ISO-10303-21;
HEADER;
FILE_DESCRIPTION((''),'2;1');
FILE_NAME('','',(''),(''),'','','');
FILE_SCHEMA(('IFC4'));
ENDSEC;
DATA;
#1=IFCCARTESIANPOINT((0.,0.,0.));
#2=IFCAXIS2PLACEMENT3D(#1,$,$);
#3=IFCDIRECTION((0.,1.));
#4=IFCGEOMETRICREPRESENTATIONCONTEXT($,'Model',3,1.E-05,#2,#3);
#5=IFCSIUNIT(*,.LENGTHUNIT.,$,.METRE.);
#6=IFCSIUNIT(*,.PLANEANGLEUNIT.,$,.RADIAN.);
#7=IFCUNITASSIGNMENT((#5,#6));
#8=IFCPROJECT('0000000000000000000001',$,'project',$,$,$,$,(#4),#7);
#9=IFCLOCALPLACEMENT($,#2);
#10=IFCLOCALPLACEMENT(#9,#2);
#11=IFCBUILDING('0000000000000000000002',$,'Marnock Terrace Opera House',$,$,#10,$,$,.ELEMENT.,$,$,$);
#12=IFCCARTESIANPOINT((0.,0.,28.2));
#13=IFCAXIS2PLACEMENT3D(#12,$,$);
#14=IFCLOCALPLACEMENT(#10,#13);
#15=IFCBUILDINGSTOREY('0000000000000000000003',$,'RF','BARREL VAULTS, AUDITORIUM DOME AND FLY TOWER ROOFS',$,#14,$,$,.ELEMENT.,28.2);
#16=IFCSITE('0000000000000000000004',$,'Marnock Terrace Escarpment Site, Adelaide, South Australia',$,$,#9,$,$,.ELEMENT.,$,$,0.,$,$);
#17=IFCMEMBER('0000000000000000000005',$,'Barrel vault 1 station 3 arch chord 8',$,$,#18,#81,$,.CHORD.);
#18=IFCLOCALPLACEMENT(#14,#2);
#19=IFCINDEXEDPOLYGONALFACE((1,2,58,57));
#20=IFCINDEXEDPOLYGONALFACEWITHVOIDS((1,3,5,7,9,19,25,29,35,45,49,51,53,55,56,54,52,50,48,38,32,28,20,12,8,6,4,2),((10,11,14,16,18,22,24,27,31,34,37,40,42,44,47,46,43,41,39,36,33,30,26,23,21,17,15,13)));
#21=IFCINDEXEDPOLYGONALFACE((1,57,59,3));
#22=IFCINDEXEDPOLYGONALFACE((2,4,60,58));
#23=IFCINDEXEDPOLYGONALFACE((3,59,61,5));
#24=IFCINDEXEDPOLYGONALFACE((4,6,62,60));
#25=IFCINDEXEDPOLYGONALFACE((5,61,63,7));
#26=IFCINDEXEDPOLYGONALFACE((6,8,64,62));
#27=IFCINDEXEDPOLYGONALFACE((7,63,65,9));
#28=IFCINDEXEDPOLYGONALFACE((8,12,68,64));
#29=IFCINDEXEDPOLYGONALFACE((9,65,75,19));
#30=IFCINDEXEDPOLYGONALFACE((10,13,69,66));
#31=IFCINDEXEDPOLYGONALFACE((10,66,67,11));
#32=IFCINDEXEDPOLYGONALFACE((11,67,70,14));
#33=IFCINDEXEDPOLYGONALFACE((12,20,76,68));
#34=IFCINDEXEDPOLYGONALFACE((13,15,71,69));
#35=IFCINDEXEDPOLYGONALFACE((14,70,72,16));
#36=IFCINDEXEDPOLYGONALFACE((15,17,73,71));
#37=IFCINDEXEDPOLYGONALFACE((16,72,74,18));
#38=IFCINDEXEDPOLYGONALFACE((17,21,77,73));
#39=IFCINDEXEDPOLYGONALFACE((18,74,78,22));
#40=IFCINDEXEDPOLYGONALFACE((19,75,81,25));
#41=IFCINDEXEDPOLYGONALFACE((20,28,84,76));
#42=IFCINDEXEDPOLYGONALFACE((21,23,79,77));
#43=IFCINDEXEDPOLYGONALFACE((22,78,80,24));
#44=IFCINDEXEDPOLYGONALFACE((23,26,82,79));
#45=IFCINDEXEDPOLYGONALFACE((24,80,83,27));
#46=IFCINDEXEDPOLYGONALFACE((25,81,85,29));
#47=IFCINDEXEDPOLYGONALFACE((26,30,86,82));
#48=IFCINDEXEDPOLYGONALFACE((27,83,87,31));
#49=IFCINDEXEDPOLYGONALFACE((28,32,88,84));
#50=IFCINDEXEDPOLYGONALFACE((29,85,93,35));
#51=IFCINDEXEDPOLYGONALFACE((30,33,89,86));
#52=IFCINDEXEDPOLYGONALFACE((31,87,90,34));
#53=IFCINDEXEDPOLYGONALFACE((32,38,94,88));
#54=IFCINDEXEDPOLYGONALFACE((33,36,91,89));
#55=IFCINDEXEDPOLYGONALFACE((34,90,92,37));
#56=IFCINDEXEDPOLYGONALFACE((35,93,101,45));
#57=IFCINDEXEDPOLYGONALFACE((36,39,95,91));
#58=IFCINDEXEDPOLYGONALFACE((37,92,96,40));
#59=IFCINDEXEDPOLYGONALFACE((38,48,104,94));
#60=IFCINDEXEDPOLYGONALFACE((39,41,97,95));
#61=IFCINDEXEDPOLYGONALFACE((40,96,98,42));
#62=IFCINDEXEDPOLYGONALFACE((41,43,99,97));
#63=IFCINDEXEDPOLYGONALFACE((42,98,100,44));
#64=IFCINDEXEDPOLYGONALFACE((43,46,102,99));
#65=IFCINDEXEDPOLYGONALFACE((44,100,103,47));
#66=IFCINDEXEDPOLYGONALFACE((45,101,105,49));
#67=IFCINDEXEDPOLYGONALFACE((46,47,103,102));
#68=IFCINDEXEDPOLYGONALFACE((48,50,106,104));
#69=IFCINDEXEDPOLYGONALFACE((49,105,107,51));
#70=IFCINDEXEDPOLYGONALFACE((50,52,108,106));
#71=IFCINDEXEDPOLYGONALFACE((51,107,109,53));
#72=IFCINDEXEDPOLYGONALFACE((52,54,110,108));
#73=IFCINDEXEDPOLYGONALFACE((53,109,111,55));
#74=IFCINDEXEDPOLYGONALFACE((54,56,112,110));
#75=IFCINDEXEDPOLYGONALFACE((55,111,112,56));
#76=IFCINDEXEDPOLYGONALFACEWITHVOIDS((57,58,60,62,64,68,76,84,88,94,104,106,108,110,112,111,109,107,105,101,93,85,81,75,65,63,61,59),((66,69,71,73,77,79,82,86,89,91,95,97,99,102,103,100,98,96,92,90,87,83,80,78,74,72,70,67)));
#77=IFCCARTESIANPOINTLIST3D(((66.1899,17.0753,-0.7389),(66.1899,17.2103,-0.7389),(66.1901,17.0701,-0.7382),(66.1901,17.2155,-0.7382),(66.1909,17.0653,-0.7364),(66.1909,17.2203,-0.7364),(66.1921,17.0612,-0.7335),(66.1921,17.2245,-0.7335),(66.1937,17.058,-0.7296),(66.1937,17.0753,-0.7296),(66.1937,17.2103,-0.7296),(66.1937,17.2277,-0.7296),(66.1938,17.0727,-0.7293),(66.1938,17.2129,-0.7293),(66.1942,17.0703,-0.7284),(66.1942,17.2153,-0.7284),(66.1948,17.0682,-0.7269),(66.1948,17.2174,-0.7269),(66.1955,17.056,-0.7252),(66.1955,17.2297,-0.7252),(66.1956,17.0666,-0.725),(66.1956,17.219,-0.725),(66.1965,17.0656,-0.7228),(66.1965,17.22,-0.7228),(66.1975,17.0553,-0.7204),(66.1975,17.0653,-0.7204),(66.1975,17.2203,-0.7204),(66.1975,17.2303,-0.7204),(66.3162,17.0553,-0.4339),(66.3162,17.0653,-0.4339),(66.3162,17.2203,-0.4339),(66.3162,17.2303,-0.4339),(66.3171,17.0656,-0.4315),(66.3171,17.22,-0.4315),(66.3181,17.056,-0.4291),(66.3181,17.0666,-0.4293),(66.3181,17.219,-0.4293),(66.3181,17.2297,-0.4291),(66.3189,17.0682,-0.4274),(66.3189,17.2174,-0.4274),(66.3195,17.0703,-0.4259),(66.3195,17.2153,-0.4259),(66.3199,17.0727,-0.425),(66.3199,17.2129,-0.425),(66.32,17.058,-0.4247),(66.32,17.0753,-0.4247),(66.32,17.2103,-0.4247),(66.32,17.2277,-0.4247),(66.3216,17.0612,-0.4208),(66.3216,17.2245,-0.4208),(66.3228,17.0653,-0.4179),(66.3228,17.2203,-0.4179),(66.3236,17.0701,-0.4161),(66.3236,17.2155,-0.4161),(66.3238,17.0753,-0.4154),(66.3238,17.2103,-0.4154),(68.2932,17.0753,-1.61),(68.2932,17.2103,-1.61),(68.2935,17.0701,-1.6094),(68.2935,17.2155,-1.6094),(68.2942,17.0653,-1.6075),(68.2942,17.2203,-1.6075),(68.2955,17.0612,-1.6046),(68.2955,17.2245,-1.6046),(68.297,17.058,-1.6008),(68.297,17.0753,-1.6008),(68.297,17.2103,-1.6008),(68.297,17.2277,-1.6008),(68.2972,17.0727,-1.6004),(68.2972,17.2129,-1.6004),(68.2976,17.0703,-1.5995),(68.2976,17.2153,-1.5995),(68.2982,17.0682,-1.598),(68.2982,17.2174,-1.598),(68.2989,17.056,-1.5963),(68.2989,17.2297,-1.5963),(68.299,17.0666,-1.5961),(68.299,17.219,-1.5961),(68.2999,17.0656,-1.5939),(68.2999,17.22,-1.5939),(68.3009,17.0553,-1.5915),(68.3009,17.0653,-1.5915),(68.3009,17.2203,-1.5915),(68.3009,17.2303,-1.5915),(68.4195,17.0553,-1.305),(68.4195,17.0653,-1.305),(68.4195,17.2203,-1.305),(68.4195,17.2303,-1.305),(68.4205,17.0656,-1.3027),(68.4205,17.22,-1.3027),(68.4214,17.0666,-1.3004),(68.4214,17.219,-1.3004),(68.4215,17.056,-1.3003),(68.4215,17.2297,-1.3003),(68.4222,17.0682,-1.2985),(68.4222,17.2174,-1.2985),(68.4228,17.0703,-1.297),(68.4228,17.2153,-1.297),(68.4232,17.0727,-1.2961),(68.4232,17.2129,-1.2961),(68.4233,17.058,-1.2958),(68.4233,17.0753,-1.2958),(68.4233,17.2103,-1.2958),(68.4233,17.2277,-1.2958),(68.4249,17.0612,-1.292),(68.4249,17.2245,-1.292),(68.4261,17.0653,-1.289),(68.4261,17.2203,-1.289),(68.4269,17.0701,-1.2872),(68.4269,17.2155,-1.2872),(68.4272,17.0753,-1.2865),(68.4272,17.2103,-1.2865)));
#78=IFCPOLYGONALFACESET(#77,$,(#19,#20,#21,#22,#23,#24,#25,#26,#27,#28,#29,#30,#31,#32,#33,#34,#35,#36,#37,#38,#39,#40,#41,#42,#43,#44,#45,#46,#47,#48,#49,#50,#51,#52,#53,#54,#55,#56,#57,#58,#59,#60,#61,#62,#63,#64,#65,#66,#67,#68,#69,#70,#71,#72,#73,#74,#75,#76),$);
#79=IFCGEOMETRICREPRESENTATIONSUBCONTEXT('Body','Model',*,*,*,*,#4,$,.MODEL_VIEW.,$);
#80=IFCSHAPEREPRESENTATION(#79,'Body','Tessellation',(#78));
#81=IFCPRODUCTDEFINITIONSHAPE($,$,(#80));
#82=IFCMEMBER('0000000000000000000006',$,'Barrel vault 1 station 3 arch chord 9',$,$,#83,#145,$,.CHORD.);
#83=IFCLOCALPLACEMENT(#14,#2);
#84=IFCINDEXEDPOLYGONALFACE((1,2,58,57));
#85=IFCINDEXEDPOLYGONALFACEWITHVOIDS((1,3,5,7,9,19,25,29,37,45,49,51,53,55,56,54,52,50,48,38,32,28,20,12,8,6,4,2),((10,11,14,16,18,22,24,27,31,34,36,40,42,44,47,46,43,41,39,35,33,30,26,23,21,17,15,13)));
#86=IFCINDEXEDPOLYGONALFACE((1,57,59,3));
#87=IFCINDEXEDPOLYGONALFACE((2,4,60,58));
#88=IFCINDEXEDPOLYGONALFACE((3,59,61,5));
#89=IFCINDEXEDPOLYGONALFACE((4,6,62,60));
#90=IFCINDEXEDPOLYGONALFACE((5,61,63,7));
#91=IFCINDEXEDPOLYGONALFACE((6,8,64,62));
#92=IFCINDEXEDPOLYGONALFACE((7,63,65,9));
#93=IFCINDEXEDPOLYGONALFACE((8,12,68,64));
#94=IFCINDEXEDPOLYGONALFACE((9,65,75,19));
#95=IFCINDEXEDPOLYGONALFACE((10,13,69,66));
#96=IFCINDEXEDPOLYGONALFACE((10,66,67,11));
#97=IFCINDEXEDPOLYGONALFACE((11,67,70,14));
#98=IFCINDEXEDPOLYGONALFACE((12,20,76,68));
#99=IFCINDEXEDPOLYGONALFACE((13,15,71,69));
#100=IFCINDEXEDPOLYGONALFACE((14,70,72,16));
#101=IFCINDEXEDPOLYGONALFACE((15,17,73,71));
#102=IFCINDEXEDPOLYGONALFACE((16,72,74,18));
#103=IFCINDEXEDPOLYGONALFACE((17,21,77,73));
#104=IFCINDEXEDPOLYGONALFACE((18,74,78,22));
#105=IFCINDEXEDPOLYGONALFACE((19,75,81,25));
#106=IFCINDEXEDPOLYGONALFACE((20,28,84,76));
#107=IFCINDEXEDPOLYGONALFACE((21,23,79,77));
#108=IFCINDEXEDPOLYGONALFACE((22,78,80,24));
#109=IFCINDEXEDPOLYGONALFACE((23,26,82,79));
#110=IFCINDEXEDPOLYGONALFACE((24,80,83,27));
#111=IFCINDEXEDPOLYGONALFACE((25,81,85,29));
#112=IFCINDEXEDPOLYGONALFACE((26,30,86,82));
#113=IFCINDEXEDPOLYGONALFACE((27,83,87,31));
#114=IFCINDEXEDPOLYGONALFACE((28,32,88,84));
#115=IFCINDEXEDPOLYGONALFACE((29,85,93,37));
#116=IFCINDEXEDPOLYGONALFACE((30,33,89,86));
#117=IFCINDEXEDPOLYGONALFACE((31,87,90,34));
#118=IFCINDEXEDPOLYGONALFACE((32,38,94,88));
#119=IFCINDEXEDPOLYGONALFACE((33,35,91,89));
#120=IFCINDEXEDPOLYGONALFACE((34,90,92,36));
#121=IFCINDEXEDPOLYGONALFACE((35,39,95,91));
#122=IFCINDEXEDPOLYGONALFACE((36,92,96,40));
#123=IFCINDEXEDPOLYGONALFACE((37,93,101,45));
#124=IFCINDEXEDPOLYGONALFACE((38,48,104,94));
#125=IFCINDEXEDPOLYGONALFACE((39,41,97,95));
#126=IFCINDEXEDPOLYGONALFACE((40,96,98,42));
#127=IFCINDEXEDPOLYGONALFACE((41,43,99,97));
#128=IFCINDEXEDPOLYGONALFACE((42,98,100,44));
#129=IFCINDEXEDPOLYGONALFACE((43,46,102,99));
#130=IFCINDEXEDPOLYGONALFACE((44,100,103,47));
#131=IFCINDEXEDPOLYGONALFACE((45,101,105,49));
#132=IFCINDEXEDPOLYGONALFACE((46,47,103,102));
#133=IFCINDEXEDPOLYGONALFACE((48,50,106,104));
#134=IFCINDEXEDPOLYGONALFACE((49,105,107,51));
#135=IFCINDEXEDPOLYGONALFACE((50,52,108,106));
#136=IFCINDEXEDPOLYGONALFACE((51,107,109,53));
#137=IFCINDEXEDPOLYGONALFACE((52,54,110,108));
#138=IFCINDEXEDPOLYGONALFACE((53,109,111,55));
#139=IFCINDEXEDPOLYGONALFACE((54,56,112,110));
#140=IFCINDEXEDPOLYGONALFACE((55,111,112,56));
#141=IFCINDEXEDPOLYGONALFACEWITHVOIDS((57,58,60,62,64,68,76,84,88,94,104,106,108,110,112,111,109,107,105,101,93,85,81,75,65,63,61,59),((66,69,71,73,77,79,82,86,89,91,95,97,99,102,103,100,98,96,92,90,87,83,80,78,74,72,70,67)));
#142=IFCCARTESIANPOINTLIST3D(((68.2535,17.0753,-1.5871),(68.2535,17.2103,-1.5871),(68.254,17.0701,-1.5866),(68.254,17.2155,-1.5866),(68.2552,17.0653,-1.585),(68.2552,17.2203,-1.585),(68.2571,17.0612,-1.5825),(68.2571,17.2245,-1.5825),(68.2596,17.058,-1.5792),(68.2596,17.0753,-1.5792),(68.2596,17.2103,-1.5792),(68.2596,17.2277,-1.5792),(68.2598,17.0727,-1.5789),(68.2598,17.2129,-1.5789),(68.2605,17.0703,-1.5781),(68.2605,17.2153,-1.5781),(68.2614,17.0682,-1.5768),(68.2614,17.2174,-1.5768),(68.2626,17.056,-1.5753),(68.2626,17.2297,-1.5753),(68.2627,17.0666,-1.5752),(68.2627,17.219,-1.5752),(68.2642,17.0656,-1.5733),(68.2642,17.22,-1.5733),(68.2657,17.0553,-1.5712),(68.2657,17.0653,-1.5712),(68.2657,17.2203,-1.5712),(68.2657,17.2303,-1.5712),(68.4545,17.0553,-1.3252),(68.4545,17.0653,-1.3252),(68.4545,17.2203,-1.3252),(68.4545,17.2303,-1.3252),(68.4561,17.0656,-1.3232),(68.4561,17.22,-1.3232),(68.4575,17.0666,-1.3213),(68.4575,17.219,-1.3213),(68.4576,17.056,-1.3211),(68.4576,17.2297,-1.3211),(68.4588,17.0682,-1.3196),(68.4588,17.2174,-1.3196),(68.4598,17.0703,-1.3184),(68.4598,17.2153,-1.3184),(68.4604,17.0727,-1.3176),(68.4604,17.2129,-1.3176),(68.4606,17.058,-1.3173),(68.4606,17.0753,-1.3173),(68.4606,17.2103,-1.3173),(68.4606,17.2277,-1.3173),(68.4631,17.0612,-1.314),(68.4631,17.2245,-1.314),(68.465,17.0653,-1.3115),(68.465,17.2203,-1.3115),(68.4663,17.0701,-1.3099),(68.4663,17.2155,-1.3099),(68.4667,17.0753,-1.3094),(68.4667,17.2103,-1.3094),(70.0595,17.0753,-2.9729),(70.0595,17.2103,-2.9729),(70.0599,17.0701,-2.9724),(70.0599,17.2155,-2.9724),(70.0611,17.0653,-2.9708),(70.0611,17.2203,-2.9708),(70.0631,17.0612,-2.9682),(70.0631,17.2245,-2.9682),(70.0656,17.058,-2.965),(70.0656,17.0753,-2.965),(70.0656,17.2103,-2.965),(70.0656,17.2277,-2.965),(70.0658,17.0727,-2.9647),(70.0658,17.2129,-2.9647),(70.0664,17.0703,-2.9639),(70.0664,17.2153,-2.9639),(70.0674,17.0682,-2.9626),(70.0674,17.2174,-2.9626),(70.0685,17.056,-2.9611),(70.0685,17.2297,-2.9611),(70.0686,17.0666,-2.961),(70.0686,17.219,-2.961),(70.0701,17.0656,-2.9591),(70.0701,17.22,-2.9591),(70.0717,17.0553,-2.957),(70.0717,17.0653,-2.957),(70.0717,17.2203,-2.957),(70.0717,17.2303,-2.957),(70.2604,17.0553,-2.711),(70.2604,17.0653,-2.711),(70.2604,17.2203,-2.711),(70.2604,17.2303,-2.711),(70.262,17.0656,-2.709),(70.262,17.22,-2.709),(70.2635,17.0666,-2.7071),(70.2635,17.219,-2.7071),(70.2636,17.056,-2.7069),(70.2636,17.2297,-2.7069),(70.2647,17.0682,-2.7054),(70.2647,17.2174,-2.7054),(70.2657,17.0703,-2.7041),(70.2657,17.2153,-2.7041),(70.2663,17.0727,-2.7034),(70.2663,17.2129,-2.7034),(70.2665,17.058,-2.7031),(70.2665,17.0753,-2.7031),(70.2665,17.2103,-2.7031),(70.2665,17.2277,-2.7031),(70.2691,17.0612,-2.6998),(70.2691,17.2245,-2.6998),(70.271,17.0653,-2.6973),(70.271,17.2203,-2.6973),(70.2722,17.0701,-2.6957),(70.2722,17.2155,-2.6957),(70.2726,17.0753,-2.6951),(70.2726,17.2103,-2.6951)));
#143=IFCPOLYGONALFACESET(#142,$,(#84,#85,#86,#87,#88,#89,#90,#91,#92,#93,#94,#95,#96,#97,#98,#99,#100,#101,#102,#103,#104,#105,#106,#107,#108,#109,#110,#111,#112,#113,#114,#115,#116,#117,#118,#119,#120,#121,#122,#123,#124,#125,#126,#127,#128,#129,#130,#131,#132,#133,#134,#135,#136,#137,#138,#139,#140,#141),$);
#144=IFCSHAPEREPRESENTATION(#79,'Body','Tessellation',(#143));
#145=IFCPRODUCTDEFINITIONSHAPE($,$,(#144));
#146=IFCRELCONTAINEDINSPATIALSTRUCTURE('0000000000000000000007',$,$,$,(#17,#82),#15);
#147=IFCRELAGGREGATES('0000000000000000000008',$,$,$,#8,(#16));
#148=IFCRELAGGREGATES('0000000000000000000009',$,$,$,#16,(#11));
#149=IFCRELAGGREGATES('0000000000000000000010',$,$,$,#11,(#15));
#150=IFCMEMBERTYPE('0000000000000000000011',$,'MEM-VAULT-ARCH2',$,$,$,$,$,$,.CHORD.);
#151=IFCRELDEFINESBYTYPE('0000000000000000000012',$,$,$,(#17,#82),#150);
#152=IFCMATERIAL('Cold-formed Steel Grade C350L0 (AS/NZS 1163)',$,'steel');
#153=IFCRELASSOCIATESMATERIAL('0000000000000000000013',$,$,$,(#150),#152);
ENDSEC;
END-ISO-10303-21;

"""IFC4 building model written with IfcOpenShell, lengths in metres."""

from ifc_helpers import new_model, si_unit, direction, frame, origin, origin_2d, place, context, subcontext, project, spatial, hollow_rectangle, extrude, material, material_profile, profile_set, type_object, element, save


model = new_model("IFC4")

# Units and contexts
model_context = context("Model", 3, precision=1e-05, world=origin(), true_north=direction((0.0, 1.0)))
body_context = subcontext(model_context, "Body", "Model", "MODEL_VIEW")
ifc_project = project(units=[si_unit("LENGTHUNIT", "METRE"), si_unit("PLANEANGLEUNIT", "RADIAN")], contexts=[model_context])

# Site, building, storey
site_placement = place(None, origin())
site = spatial("IfcSite", under=ifc_project, at=site_placement, Name="Marnock Terrace Escarpment Site, Adelaide, South Australia", CompositionType="ELEMENT", RefElevation=0.0)
building_placement = place(site_placement, origin())
building = spatial("IfcBuilding", under=site, at=building_placement, Name="Marnock Terrace Opera House", CompositionType="ELEMENT")
storey_placement = place(building_placement, frame((0.0, 0.0, 28.2)))
storey = spatial("IfcBuildingStorey", under=building, at=storey_placement, Name="RF", Description="BARREL VAULTS, AUDITORIUM DOME AND FLY TOWER ROOFS", CompositionType="ELEMENT", Elevation=28.2)

# Members
ifc_material_1 = material(Name="Cold-formed Steel Grade C350L0 (AS/NZS 1163)", Category="steel")
ifc_material_profile_1 = material_profile(ifc_material_1, hollow_rectangle(XDim=0.175, YDim=0.3501, WallThickness=0.01, InnerFilletRadius=0.01, OuterFilletRadius=0.02, at=origin_2d()))
ifc_profile_set_1 = profile_set([ifc_material_profile_1], Name="Cold-formed Steel Grade C350L0 (AS/NZS 1163)")
member_type_1 = type_object("IfcMemberType", Name="MEM-VAULT-ARCH2", PredefinedType="CHORD", material=ifc_profile_set_1)
member_1_placement = place(storey_placement, frame((66.2568, 17.1428, -0.5771), z_axis=(0.923897, 0.0, -0.382642), x_axis=(0.0, 1.0, 0.0)))
element("IfcMember", 1, at=member_1_placement, inside=storey, type_object=member_type_1, Name="Barrel vault 1 station 3 arch chord 8", PredefinedType="CHORD", context=body_context, shape_type="SweptSolid", body=[
    extrude(hollow_rectangle(XDim=0.175, YDim=0.3501, WallThickness=0.01, InnerFilletRadius=0.01, OuterFilletRadius=0.02, at=origin_2d()), origin(), (0.0, 0.0, 1.0), 2.2766),
])
for number, where, z_axis, x_axis, name in (
    (2, (68.3601, 17.1428, -1.4482), (0.793349, 0.0, -0.608767), (0.0, 1.0, 0.0), "Barrel vault 1 station 3 arch chord 9"),
):
    element("IfcMember", number, at=place(storey_placement, frame(where, z_axis=z_axis, x_axis=x_axis)), inside=storey, type_object=member_type_1, Name=name, PredefinedType="CHORD", context=body_context, shape_type="SweptSolid", body=[
        extrude(hollow_rectangle(XDim=0.175, YDim=0.3501, WallThickness=0.01, InnerFilletRadius=0.01, OuterFilletRadius=0.02, at=origin_2d()), origin(), (0.0, 0.0, 1.0), 2.2764),
    ])

save(model, "model.ifc")
